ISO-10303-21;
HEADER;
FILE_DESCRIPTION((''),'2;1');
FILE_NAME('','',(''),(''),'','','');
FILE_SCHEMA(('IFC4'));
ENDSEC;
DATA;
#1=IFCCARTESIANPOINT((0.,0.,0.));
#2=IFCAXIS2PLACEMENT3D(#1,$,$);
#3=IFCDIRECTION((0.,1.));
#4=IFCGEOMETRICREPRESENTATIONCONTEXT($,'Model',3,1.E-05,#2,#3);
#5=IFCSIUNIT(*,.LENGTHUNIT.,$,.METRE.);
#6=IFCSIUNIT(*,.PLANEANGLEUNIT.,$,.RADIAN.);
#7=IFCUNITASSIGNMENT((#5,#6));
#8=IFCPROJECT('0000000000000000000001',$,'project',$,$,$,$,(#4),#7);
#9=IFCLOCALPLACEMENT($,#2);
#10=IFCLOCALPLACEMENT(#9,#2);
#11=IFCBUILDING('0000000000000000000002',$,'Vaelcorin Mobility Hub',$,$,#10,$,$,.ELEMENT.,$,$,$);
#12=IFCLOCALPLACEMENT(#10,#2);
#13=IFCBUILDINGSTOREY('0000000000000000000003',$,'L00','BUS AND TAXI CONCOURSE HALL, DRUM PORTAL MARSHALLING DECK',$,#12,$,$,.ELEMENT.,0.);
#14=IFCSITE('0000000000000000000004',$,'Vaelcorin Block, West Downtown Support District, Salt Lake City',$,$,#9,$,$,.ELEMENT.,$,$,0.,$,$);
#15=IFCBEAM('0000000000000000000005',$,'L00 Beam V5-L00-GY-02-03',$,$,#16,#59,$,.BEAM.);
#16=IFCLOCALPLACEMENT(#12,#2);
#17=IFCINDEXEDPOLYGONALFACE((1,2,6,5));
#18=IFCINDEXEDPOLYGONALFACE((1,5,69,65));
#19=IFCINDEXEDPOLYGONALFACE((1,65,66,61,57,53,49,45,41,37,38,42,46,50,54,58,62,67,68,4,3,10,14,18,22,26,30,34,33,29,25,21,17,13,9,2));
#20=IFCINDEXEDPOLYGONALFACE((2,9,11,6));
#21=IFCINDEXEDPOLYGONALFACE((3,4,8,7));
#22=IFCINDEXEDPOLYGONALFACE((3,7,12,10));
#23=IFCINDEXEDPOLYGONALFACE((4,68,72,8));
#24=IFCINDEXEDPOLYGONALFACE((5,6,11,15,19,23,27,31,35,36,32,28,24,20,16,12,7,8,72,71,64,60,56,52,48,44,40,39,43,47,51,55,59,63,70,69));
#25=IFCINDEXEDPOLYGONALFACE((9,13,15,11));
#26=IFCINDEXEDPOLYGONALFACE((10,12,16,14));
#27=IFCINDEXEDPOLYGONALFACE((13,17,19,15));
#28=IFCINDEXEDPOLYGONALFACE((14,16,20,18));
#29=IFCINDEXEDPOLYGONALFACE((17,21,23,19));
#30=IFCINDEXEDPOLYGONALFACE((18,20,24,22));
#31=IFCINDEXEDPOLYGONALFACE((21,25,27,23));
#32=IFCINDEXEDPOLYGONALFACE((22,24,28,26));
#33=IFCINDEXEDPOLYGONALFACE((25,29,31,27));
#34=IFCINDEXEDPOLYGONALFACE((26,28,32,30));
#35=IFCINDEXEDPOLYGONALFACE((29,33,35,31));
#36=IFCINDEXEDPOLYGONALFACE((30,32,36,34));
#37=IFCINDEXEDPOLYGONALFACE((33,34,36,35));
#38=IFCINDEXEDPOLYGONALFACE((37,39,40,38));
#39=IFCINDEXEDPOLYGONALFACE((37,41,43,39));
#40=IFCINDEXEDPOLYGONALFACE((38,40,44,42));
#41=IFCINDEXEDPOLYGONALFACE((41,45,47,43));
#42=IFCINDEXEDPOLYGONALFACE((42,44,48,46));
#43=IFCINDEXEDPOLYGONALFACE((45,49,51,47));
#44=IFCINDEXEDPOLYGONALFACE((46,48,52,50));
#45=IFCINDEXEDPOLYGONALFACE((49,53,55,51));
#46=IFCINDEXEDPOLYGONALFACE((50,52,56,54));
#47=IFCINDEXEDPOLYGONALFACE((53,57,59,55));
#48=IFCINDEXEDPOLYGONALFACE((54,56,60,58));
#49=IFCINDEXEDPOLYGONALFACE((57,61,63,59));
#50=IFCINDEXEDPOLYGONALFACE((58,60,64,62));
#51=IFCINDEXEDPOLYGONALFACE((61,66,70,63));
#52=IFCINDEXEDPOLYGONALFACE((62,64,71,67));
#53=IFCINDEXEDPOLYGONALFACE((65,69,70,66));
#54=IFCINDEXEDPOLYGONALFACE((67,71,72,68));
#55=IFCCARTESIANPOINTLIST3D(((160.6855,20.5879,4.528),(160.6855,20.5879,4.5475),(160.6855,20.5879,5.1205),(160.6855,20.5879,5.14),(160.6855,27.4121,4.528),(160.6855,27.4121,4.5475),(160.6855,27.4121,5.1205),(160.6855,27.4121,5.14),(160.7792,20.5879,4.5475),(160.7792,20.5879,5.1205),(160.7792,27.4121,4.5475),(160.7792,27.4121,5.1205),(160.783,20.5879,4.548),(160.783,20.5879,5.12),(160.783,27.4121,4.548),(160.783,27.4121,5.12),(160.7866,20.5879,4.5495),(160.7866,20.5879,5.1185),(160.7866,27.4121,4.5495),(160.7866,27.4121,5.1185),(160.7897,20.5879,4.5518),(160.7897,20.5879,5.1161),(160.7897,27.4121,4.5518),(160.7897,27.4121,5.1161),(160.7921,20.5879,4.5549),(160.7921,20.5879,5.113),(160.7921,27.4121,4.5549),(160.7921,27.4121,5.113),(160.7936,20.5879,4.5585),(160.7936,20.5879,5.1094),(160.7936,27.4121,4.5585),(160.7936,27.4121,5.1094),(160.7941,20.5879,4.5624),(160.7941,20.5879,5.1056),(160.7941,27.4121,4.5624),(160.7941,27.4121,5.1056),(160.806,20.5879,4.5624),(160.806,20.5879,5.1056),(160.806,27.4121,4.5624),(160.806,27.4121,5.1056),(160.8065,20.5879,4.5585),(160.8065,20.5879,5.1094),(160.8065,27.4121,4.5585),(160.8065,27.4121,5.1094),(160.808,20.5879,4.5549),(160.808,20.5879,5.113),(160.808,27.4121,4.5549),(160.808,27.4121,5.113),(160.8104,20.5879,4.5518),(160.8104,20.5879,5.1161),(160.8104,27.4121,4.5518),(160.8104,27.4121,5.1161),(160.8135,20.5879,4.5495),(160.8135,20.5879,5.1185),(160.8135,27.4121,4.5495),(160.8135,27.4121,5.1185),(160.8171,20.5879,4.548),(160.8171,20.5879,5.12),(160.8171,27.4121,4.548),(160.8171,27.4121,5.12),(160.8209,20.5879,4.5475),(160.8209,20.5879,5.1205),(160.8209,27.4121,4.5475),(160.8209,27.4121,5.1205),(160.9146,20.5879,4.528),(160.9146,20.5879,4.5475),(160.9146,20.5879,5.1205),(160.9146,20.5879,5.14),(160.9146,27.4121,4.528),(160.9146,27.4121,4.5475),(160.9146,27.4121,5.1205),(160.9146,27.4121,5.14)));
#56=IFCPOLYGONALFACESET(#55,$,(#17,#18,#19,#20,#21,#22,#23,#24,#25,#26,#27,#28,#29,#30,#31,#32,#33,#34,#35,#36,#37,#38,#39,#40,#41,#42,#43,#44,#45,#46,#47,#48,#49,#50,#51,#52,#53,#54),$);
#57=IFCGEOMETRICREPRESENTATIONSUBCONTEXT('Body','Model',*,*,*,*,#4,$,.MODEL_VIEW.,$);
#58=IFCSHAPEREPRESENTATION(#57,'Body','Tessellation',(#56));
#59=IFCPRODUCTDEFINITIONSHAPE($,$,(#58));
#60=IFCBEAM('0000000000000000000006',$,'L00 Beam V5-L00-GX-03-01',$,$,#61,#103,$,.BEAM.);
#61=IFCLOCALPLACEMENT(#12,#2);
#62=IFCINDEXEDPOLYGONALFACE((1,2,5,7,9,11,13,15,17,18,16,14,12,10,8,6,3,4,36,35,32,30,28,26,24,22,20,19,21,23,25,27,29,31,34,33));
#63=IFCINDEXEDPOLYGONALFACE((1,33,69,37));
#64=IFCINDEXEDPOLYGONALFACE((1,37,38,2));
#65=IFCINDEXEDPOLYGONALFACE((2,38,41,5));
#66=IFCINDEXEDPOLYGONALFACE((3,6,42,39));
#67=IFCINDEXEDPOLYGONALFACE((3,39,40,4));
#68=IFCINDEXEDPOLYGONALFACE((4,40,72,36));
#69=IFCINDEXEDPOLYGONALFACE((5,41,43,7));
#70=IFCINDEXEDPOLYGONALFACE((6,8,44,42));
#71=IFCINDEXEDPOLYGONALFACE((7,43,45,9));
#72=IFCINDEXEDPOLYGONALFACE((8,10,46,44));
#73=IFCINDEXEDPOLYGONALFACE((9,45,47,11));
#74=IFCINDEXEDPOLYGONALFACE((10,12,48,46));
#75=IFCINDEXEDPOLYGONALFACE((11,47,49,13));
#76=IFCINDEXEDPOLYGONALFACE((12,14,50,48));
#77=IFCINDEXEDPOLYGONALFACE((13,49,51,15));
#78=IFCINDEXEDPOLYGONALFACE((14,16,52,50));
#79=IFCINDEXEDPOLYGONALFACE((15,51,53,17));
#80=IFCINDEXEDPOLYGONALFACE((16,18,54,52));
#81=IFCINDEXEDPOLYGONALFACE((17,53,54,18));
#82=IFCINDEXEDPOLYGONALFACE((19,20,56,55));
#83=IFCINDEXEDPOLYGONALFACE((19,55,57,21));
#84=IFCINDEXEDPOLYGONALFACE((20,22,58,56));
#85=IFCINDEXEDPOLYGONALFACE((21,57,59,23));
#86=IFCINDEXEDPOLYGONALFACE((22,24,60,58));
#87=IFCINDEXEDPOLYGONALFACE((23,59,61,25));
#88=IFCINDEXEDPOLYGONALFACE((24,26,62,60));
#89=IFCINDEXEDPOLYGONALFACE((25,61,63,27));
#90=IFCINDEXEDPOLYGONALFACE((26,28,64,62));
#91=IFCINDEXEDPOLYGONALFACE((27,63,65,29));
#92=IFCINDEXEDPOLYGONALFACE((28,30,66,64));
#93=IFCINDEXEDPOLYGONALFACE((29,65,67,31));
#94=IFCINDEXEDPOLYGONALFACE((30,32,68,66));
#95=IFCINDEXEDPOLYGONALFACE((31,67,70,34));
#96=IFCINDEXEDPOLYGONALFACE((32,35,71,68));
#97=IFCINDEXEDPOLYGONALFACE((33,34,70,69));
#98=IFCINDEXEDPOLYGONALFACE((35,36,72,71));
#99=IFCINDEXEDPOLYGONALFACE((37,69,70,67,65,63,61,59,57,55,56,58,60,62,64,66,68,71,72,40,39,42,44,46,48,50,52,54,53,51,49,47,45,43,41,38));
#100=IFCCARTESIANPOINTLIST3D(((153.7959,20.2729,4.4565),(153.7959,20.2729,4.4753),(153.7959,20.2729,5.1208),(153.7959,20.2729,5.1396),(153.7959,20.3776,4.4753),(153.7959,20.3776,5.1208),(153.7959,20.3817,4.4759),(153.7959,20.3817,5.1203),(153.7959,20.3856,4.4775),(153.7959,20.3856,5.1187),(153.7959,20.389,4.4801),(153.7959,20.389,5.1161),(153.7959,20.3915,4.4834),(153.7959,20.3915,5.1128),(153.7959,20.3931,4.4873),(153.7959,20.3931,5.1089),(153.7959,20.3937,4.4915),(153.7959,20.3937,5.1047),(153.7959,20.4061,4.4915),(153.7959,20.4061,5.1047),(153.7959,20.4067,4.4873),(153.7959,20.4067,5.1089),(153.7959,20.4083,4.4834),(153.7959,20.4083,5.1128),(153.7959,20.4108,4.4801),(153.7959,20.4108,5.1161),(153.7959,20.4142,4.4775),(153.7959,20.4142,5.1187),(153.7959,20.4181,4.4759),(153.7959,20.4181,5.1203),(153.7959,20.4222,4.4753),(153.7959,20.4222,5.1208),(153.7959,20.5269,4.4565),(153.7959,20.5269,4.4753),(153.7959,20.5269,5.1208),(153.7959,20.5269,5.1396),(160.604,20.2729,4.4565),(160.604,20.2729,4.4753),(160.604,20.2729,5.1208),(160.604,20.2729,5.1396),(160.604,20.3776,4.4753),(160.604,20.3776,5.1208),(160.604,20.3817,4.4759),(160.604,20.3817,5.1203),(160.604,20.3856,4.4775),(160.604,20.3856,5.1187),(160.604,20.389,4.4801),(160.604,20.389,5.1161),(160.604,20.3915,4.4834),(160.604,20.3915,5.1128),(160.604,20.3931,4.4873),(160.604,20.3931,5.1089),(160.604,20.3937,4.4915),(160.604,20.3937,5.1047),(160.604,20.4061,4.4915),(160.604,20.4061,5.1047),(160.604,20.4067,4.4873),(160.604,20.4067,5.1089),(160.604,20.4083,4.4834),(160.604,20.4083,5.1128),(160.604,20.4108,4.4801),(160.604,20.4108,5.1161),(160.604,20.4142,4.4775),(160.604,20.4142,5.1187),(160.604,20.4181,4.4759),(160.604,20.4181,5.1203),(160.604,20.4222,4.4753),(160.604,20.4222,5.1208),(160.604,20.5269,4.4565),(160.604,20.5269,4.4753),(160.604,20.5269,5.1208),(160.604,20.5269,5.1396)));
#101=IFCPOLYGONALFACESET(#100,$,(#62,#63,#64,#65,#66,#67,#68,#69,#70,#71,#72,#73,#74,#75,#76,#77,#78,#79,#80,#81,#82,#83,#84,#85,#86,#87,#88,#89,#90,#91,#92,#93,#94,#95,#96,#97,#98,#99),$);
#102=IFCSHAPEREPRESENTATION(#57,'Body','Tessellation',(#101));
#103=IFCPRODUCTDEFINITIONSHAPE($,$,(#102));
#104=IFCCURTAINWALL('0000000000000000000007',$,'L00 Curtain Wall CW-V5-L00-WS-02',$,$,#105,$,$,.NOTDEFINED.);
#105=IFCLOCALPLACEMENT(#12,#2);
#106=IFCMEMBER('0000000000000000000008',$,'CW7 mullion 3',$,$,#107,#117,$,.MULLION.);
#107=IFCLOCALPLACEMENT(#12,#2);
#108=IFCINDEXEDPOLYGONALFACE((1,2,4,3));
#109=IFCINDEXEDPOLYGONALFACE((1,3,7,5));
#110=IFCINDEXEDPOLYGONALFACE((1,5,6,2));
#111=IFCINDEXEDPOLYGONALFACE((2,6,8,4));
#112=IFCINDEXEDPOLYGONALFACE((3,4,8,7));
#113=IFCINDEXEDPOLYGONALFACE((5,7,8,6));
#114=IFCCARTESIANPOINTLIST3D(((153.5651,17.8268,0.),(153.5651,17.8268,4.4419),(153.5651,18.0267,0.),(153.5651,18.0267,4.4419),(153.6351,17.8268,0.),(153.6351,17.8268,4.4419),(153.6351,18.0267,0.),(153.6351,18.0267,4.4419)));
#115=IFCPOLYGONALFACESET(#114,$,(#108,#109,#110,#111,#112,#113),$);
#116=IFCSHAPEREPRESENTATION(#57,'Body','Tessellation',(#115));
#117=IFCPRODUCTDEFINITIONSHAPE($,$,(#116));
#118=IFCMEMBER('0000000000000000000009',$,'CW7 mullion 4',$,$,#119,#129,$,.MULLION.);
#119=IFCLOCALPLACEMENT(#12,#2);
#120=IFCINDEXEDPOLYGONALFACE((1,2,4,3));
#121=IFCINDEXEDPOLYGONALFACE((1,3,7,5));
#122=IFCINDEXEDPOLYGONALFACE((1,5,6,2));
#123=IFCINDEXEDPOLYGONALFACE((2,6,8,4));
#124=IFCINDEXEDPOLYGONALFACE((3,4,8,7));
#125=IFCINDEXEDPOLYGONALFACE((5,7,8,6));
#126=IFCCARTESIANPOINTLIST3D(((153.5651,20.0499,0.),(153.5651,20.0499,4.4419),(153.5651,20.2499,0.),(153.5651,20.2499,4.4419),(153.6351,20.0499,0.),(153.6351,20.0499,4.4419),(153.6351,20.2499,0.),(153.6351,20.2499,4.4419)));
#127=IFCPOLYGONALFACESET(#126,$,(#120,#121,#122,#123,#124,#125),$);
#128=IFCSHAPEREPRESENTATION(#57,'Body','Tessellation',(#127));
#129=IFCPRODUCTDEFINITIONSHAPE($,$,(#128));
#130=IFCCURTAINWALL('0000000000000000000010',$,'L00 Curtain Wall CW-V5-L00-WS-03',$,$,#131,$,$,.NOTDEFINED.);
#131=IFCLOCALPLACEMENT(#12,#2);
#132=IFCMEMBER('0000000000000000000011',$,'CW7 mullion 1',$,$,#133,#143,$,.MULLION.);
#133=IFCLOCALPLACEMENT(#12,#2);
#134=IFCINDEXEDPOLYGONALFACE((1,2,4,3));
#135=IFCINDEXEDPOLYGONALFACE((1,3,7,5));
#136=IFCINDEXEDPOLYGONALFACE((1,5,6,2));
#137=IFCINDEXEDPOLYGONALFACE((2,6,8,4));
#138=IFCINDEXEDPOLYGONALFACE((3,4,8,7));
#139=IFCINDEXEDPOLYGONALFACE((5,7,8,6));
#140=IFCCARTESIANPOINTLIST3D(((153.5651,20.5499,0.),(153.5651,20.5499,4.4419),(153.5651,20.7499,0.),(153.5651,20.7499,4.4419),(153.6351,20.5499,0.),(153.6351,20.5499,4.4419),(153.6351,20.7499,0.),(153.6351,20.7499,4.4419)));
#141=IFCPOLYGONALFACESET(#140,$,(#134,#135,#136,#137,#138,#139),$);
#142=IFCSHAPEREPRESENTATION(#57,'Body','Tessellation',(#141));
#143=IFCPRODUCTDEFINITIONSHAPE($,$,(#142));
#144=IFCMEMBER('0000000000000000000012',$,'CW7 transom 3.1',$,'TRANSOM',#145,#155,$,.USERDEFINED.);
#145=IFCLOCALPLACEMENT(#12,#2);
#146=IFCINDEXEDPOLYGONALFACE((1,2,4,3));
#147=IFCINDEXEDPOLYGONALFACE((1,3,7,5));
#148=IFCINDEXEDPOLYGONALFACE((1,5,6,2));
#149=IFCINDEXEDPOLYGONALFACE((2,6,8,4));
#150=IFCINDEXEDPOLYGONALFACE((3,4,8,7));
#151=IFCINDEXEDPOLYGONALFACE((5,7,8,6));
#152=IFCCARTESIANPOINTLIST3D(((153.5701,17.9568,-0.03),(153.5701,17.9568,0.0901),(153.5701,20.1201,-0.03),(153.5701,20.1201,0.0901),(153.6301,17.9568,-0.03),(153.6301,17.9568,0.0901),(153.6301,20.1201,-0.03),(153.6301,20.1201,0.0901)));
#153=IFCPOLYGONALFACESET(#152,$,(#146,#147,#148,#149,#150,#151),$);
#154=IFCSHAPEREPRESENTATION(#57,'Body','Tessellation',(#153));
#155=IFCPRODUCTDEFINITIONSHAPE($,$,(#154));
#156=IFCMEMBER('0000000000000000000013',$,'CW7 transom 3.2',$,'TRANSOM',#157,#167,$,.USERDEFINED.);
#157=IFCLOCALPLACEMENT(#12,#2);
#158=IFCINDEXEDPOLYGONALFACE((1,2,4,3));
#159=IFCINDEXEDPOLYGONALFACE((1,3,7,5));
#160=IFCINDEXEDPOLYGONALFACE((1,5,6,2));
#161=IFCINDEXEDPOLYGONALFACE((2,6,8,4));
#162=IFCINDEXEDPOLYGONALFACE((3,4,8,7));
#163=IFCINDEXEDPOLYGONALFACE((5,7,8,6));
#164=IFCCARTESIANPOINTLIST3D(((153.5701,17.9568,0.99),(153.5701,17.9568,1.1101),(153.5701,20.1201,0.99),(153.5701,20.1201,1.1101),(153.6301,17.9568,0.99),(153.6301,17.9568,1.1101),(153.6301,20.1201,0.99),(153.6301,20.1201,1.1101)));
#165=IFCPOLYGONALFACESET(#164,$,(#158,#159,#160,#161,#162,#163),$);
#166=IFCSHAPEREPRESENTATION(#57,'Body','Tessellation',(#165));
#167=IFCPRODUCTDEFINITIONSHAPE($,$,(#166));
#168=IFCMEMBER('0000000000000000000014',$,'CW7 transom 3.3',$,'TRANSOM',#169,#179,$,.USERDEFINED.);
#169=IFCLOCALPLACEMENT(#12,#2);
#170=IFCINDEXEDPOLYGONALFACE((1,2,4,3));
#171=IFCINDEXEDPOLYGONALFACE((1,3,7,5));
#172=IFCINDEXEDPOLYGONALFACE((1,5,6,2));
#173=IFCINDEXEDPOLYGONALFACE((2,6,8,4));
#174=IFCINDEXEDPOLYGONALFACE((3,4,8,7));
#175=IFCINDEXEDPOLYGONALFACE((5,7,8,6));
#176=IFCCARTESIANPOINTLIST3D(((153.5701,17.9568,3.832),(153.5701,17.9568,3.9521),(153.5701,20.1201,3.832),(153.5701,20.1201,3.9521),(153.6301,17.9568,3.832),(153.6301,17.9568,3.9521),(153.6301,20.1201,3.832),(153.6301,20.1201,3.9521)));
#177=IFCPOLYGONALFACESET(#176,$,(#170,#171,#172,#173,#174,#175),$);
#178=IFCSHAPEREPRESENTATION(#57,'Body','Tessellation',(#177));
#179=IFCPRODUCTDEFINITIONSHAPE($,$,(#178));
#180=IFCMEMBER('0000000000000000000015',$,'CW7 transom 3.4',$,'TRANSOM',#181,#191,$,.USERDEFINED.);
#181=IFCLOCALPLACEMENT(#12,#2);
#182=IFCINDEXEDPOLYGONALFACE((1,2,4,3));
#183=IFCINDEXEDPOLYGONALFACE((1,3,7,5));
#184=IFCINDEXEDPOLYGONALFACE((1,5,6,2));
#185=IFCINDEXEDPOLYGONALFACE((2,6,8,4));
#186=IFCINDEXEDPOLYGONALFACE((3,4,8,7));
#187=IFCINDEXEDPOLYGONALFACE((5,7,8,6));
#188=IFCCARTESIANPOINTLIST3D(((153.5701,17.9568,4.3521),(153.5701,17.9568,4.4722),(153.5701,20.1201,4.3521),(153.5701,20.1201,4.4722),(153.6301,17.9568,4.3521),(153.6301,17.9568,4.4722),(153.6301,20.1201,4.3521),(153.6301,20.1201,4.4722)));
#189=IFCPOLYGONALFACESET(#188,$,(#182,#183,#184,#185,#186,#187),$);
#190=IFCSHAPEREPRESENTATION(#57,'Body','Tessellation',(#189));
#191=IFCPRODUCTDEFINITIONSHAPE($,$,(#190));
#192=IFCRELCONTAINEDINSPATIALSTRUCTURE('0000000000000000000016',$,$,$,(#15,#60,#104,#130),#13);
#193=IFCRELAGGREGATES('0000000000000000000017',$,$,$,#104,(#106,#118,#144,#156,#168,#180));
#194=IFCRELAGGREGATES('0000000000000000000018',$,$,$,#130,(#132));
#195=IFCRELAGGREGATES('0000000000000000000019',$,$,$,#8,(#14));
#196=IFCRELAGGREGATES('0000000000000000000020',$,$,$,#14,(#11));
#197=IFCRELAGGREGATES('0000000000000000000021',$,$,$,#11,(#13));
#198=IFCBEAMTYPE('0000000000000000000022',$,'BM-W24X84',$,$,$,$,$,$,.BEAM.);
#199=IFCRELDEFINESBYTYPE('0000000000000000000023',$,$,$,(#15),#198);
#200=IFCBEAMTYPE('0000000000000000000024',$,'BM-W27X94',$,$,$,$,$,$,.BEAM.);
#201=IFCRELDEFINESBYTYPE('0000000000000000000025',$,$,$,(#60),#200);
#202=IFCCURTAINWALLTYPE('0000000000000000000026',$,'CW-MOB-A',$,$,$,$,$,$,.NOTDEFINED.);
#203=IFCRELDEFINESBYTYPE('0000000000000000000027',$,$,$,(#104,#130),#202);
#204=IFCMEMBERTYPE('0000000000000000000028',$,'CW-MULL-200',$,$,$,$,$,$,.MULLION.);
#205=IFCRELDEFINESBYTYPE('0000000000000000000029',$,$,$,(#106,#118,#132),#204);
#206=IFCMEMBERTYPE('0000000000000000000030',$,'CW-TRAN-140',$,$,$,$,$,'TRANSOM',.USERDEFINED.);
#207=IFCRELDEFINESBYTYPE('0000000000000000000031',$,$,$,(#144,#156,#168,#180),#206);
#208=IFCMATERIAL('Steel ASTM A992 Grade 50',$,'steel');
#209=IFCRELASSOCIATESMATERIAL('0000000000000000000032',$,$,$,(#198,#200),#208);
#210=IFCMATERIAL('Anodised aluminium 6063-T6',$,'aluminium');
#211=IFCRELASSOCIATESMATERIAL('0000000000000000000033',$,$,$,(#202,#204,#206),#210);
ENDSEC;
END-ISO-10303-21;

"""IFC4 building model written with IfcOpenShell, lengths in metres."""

from ifc_helpers import new_model, si_unit, direction, frame, origin, origin_2d, place, context, subcontext, project, spatial, rectangle, i_section, extrude, material, material_profile, profile_set, type_object, element, aggregate, save


model = new_model("IFC4")

# Units and contexts
model_context = context("Model", 3, precision=1e-05, world=origin(), true_north=direction((0.0, 1.0)))
body_context = subcontext(model_context, "Body", "Model", "MODEL_VIEW")
ifc_project = project(units=[si_unit("LENGTHUNIT", "METRE"), si_unit("PLANEANGLEUNIT", "RADIAN")], contexts=[model_context])

# Site, building, storey
site_placement = place(None, origin())
site = spatial("IfcSite", under=ifc_project, at=site_placement, Name="Vaelcorin Block, West Downtown Support District, Salt Lake City", CompositionType="ELEMENT", RefElevation=0.0)
building_placement = place(site_placement, origin())
building = spatial("IfcBuilding", under=site, at=building_placement, Name="Vaelcorin Mobility Hub", CompositionType="ELEMENT")
storey_placement = place(building_placement, origin())
storey = spatial("IfcBuildingStorey", under=building, at=storey_placement, Name="L00", Description="BUS AND TAXI CONCOURSE HALL, DRUM PORTAL MARSHALLING DECK", CompositionType="ELEMENT", Elevation=0.0)

# Shared definitions
ifc_material_1 = material(Name="Steel ASTM A992 Grade 50", Category="steel")

# Beams
ifc_material_profile_1 = material_profile(ifc_material_1, i_section(OverallWidth=0.229, OverallDepth=0.6121, WebThickness=0.012, FlangeThickness=0.0195, FilletRadius=0.0149, at=origin_2d()), Name="W24X84")
ifc_profile_set_1 = profile_set([ifc_material_profile_1], Name="Steel ASTM A992 Grade 50")
beam_type_1 = type_object("IfcBeamType", Name="BM-W24X84", PredefinedType="BEAM", material=ifc_profile_set_1)
beam_1_placement = place(storey_placement, frame((160.8, 20.5879, 4.834), z_axis=(0.0, 1.0, 0.0), x_axis=(-1.0, 0.0, 0.0)))
element("IfcBeam", 1, at=beam_1_placement, inside=storey, type_object=beam_type_1, Name="L00 Beam V5-L00-GY-02-03", PredefinedType="BEAM", context=body_context, shape_type="SweptSolid", body=[
    extrude(i_section(OverallWidth=0.229, OverallDepth=0.6121, WebThickness=0.012, FlangeThickness=0.0195, FilletRadius=0.0149, at=origin_2d()), origin(), (0.0, 0.0, 1.0), 6.8242),
])
ifc_material_profile_2 = material_profile(ifc_material_1, i_section(OverallWidth=0.2539, OverallDepth=0.6831, WebThickness=0.0125, FlangeThickness=0.0188, FilletRadius=0.0161, at=origin_2d()), Name="W27X94")
ifc_profile_set_2 = profile_set([ifc_material_profile_2], Name="Steel ASTM A992 Grade 50")
beam_type_2 = type_object("IfcBeamType", Name="BM-W27X94", PredefinedType="BEAM", material=ifc_profile_set_2)
beam_2_placement = place(storey_placement, frame((153.7959, 20.3999, 4.7981), z_axis=(1.0, 0.0, 0.0), x_axis=(0.0, 1.0, 0.0)))
element("IfcBeam", 2, at=beam_2_placement, inside=storey, type_object=beam_type_2, Name="L00 Beam V5-L00-GX-03-01", PredefinedType="BEAM", context=body_context, shape_type="SweptSolid", body=[
    extrude(i_section(OverallWidth=0.2539, OverallDepth=0.6831, WebThickness=0.0125, FlangeThickness=0.0188, FilletRadius=0.0161, at=origin_2d()), origin(), (0.0, 0.0, 1.0), 6.8081),
])

# Curtain wall, members
ifc_material_2 = material(Name="Anodised aluminium 6063-T6", Category="aluminium")
curtain_wall_type = type_object("IfcCurtainWallType", Name="CW-MOB-A", PredefinedType="NOTDEFINED", material=ifc_material_2)
curtain_wall_1_placement = place(storey_placement, origin())
curtain_wall_1 = element("IfcCurtainWall", 3, at=curtain_wall_1_placement, inside=storey, type_object=curtain_wall_type, Name="L00 Curtain Wall CW-V5-L00-WS-02", PredefinedType="NOTDEFINED")
ifc_material_profile_3 = material_profile(ifc_material_2, rectangle(XDim=0.0701, YDim=0.2, at=origin_2d()), Name="ALU-M70X200")
ifc_profile_set_3 = profile_set([ifc_material_profile_3], Name="Anodised aluminium 6063-T6")
member_type_1 = type_object("IfcMemberType", Name="CW-MULL-200", PredefinedType="MULLION", material=ifc_profile_set_3)
member_1_placement = place(storey_placement, frame((153.6001, 17.9268, 0.0), z_axis=(0.0, 0.0, 1.0), x_axis=(-1.0, 0.0, 0.0)))
member_1 = element("IfcMember", 4, at=member_1_placement, type_object=member_type_1, Name="CW7 mullion 3", PredefinedType="MULLION", context=body_context, shape_type="SweptSolid", body=[
    extrude(rectangle(XDim=0.0701, YDim=0.2, at=origin_2d()), origin(), (0.0, 0.0, 1.0), 4.4419),
])
member_2_placement = place(storey_placement, frame((153.6001, 20.1499, 0.0), z_axis=(0.0, 0.0, 1.0), x_axis=(-1.0, 0.0, 0.0)))
member_2 = element("IfcMember", 5, at=member_2_placement, type_object=member_type_1, Name="CW7 mullion 4", PredefinedType="MULLION", context=body_context, shape_type="SweptSolid", body=[
    extrude(rectangle(XDim=0.0701, YDim=0.2, at=origin_2d()), origin(), (0.0, 0.0, 1.0), 4.4419),
])

# Curtain wall, member
curtain_wall_2_placement = place(storey_placement, origin())
curtain_wall_2 = element("IfcCurtainWall", 6, at=curtain_wall_2_placement, inside=storey, type_object=curtain_wall_type, Name="L00 Curtain Wall CW-V5-L00-WS-03", PredefinedType="NOTDEFINED")
member_3_placement = place(storey_placement, frame((153.6001, 20.6499, 0.0), z_axis=(0.0, 0.0, 1.0), x_axis=(-1.0, 0.0, 0.0)))
member_3 = element("IfcMember", 7, at=member_3_placement, type_object=member_type_1, Name="CW7 mullion 1", PredefinedType="MULLION", context=body_context, shape_type="SweptSolid", body=[
    extrude(rectangle(XDim=0.0701, YDim=0.2, at=origin_2d()), origin(), (0.0, 0.0, 1.0), 4.4419),
])

# Members
ifc_material_profile_4 = material_profile(ifc_material_2, rectangle(XDim=0.0601, YDim=0.1201, at=origin_2d()), Name="ALU-T60X120")
ifc_profile_set_4 = profile_set([ifc_material_profile_4], Name="Anodised aluminium 6063-T6")
member_type_2 = type_object("IfcMemberType", Name="CW-TRAN-140", ElementType="TRANSOM", PredefinedType="USERDEFINED", material=ifc_profile_set_4)
member_4_placement = place(storey_placement, frame((153.6001, 17.9568, 0.03), z_axis=(0.0, 1.0, 0.0), x_axis=(-1.0, 0.0, 0.0)))
member_4 = element("IfcMember", 8, at=member_4_placement, type_object=member_type_2, Name="CW7 transom 3.1", ObjectType="TRANSOM", PredefinedType="USERDEFINED", context=body_context, shape_type="SweptSolid", body=[
    extrude(rectangle(XDim=0.0601, YDim=0.1201, at=origin_2d()), origin(), (0.0, 0.0, 1.0), 2.1633),
])
member_5_placement = place(storey_placement, frame((153.6001, 17.9568, 1.05), z_axis=(0.0, 1.0, 0.0), x_axis=(-1.0, 0.0, 0.0)))
member_5 = element("IfcMember", 9, at=member_5_placement, type_object=member_type_2, Name="CW7 transom 3.2", ObjectType="TRANSOM", PredefinedType="USERDEFINED", context=body_context, shape_type="SweptSolid", body=[
    extrude(rectangle(XDim=0.0601, YDim=0.1201, at=origin_2d()), origin(), (0.0, 0.0, 1.0), 2.1633),
])
member_6_placement = place(storey_placement, frame((153.6001, 17.9568, 3.8921), z_axis=(0.0, 1.0, 0.0), x_axis=(-1.0, 0.0, 0.0)))
member_6 = element("IfcMember", 10, at=member_6_placement, type_object=member_type_2, Name="CW7 transom 3.3", ObjectType="TRANSOM", PredefinedType="USERDEFINED", context=body_context, shape_type="SweptSolid", body=[
    extrude(rectangle(XDim=0.0601, YDim=0.1201, at=origin_2d()), origin(), (0.0, 0.0, 1.0), 2.1633),
])
member_7_placement = place(storey_placement, frame((153.6001, 17.9568, 4.4121), z_axis=(0.0, 1.0, 0.0), x_axis=(-1.0, 0.0, 0.0)))
member_7 = element("IfcMember", 11, at=member_7_placement, type_object=member_type_2, Name="CW7 transom 3.4", ObjectType="TRANSOM", PredefinedType="USERDEFINED", context=body_context, shape_type="SweptSolid", body=[
    extrude(rectangle(XDim=0.0601, YDim=0.1201, at=origin_2d()), origin(), (0.0, 0.0, 1.0), 2.1633),
])

aggregate(curtain_wall_1, [member_1, member_2, member_4, member_5, member_6, member_7])
aggregate(curtain_wall_2, [member_3])

save(model, "model.ifc")
